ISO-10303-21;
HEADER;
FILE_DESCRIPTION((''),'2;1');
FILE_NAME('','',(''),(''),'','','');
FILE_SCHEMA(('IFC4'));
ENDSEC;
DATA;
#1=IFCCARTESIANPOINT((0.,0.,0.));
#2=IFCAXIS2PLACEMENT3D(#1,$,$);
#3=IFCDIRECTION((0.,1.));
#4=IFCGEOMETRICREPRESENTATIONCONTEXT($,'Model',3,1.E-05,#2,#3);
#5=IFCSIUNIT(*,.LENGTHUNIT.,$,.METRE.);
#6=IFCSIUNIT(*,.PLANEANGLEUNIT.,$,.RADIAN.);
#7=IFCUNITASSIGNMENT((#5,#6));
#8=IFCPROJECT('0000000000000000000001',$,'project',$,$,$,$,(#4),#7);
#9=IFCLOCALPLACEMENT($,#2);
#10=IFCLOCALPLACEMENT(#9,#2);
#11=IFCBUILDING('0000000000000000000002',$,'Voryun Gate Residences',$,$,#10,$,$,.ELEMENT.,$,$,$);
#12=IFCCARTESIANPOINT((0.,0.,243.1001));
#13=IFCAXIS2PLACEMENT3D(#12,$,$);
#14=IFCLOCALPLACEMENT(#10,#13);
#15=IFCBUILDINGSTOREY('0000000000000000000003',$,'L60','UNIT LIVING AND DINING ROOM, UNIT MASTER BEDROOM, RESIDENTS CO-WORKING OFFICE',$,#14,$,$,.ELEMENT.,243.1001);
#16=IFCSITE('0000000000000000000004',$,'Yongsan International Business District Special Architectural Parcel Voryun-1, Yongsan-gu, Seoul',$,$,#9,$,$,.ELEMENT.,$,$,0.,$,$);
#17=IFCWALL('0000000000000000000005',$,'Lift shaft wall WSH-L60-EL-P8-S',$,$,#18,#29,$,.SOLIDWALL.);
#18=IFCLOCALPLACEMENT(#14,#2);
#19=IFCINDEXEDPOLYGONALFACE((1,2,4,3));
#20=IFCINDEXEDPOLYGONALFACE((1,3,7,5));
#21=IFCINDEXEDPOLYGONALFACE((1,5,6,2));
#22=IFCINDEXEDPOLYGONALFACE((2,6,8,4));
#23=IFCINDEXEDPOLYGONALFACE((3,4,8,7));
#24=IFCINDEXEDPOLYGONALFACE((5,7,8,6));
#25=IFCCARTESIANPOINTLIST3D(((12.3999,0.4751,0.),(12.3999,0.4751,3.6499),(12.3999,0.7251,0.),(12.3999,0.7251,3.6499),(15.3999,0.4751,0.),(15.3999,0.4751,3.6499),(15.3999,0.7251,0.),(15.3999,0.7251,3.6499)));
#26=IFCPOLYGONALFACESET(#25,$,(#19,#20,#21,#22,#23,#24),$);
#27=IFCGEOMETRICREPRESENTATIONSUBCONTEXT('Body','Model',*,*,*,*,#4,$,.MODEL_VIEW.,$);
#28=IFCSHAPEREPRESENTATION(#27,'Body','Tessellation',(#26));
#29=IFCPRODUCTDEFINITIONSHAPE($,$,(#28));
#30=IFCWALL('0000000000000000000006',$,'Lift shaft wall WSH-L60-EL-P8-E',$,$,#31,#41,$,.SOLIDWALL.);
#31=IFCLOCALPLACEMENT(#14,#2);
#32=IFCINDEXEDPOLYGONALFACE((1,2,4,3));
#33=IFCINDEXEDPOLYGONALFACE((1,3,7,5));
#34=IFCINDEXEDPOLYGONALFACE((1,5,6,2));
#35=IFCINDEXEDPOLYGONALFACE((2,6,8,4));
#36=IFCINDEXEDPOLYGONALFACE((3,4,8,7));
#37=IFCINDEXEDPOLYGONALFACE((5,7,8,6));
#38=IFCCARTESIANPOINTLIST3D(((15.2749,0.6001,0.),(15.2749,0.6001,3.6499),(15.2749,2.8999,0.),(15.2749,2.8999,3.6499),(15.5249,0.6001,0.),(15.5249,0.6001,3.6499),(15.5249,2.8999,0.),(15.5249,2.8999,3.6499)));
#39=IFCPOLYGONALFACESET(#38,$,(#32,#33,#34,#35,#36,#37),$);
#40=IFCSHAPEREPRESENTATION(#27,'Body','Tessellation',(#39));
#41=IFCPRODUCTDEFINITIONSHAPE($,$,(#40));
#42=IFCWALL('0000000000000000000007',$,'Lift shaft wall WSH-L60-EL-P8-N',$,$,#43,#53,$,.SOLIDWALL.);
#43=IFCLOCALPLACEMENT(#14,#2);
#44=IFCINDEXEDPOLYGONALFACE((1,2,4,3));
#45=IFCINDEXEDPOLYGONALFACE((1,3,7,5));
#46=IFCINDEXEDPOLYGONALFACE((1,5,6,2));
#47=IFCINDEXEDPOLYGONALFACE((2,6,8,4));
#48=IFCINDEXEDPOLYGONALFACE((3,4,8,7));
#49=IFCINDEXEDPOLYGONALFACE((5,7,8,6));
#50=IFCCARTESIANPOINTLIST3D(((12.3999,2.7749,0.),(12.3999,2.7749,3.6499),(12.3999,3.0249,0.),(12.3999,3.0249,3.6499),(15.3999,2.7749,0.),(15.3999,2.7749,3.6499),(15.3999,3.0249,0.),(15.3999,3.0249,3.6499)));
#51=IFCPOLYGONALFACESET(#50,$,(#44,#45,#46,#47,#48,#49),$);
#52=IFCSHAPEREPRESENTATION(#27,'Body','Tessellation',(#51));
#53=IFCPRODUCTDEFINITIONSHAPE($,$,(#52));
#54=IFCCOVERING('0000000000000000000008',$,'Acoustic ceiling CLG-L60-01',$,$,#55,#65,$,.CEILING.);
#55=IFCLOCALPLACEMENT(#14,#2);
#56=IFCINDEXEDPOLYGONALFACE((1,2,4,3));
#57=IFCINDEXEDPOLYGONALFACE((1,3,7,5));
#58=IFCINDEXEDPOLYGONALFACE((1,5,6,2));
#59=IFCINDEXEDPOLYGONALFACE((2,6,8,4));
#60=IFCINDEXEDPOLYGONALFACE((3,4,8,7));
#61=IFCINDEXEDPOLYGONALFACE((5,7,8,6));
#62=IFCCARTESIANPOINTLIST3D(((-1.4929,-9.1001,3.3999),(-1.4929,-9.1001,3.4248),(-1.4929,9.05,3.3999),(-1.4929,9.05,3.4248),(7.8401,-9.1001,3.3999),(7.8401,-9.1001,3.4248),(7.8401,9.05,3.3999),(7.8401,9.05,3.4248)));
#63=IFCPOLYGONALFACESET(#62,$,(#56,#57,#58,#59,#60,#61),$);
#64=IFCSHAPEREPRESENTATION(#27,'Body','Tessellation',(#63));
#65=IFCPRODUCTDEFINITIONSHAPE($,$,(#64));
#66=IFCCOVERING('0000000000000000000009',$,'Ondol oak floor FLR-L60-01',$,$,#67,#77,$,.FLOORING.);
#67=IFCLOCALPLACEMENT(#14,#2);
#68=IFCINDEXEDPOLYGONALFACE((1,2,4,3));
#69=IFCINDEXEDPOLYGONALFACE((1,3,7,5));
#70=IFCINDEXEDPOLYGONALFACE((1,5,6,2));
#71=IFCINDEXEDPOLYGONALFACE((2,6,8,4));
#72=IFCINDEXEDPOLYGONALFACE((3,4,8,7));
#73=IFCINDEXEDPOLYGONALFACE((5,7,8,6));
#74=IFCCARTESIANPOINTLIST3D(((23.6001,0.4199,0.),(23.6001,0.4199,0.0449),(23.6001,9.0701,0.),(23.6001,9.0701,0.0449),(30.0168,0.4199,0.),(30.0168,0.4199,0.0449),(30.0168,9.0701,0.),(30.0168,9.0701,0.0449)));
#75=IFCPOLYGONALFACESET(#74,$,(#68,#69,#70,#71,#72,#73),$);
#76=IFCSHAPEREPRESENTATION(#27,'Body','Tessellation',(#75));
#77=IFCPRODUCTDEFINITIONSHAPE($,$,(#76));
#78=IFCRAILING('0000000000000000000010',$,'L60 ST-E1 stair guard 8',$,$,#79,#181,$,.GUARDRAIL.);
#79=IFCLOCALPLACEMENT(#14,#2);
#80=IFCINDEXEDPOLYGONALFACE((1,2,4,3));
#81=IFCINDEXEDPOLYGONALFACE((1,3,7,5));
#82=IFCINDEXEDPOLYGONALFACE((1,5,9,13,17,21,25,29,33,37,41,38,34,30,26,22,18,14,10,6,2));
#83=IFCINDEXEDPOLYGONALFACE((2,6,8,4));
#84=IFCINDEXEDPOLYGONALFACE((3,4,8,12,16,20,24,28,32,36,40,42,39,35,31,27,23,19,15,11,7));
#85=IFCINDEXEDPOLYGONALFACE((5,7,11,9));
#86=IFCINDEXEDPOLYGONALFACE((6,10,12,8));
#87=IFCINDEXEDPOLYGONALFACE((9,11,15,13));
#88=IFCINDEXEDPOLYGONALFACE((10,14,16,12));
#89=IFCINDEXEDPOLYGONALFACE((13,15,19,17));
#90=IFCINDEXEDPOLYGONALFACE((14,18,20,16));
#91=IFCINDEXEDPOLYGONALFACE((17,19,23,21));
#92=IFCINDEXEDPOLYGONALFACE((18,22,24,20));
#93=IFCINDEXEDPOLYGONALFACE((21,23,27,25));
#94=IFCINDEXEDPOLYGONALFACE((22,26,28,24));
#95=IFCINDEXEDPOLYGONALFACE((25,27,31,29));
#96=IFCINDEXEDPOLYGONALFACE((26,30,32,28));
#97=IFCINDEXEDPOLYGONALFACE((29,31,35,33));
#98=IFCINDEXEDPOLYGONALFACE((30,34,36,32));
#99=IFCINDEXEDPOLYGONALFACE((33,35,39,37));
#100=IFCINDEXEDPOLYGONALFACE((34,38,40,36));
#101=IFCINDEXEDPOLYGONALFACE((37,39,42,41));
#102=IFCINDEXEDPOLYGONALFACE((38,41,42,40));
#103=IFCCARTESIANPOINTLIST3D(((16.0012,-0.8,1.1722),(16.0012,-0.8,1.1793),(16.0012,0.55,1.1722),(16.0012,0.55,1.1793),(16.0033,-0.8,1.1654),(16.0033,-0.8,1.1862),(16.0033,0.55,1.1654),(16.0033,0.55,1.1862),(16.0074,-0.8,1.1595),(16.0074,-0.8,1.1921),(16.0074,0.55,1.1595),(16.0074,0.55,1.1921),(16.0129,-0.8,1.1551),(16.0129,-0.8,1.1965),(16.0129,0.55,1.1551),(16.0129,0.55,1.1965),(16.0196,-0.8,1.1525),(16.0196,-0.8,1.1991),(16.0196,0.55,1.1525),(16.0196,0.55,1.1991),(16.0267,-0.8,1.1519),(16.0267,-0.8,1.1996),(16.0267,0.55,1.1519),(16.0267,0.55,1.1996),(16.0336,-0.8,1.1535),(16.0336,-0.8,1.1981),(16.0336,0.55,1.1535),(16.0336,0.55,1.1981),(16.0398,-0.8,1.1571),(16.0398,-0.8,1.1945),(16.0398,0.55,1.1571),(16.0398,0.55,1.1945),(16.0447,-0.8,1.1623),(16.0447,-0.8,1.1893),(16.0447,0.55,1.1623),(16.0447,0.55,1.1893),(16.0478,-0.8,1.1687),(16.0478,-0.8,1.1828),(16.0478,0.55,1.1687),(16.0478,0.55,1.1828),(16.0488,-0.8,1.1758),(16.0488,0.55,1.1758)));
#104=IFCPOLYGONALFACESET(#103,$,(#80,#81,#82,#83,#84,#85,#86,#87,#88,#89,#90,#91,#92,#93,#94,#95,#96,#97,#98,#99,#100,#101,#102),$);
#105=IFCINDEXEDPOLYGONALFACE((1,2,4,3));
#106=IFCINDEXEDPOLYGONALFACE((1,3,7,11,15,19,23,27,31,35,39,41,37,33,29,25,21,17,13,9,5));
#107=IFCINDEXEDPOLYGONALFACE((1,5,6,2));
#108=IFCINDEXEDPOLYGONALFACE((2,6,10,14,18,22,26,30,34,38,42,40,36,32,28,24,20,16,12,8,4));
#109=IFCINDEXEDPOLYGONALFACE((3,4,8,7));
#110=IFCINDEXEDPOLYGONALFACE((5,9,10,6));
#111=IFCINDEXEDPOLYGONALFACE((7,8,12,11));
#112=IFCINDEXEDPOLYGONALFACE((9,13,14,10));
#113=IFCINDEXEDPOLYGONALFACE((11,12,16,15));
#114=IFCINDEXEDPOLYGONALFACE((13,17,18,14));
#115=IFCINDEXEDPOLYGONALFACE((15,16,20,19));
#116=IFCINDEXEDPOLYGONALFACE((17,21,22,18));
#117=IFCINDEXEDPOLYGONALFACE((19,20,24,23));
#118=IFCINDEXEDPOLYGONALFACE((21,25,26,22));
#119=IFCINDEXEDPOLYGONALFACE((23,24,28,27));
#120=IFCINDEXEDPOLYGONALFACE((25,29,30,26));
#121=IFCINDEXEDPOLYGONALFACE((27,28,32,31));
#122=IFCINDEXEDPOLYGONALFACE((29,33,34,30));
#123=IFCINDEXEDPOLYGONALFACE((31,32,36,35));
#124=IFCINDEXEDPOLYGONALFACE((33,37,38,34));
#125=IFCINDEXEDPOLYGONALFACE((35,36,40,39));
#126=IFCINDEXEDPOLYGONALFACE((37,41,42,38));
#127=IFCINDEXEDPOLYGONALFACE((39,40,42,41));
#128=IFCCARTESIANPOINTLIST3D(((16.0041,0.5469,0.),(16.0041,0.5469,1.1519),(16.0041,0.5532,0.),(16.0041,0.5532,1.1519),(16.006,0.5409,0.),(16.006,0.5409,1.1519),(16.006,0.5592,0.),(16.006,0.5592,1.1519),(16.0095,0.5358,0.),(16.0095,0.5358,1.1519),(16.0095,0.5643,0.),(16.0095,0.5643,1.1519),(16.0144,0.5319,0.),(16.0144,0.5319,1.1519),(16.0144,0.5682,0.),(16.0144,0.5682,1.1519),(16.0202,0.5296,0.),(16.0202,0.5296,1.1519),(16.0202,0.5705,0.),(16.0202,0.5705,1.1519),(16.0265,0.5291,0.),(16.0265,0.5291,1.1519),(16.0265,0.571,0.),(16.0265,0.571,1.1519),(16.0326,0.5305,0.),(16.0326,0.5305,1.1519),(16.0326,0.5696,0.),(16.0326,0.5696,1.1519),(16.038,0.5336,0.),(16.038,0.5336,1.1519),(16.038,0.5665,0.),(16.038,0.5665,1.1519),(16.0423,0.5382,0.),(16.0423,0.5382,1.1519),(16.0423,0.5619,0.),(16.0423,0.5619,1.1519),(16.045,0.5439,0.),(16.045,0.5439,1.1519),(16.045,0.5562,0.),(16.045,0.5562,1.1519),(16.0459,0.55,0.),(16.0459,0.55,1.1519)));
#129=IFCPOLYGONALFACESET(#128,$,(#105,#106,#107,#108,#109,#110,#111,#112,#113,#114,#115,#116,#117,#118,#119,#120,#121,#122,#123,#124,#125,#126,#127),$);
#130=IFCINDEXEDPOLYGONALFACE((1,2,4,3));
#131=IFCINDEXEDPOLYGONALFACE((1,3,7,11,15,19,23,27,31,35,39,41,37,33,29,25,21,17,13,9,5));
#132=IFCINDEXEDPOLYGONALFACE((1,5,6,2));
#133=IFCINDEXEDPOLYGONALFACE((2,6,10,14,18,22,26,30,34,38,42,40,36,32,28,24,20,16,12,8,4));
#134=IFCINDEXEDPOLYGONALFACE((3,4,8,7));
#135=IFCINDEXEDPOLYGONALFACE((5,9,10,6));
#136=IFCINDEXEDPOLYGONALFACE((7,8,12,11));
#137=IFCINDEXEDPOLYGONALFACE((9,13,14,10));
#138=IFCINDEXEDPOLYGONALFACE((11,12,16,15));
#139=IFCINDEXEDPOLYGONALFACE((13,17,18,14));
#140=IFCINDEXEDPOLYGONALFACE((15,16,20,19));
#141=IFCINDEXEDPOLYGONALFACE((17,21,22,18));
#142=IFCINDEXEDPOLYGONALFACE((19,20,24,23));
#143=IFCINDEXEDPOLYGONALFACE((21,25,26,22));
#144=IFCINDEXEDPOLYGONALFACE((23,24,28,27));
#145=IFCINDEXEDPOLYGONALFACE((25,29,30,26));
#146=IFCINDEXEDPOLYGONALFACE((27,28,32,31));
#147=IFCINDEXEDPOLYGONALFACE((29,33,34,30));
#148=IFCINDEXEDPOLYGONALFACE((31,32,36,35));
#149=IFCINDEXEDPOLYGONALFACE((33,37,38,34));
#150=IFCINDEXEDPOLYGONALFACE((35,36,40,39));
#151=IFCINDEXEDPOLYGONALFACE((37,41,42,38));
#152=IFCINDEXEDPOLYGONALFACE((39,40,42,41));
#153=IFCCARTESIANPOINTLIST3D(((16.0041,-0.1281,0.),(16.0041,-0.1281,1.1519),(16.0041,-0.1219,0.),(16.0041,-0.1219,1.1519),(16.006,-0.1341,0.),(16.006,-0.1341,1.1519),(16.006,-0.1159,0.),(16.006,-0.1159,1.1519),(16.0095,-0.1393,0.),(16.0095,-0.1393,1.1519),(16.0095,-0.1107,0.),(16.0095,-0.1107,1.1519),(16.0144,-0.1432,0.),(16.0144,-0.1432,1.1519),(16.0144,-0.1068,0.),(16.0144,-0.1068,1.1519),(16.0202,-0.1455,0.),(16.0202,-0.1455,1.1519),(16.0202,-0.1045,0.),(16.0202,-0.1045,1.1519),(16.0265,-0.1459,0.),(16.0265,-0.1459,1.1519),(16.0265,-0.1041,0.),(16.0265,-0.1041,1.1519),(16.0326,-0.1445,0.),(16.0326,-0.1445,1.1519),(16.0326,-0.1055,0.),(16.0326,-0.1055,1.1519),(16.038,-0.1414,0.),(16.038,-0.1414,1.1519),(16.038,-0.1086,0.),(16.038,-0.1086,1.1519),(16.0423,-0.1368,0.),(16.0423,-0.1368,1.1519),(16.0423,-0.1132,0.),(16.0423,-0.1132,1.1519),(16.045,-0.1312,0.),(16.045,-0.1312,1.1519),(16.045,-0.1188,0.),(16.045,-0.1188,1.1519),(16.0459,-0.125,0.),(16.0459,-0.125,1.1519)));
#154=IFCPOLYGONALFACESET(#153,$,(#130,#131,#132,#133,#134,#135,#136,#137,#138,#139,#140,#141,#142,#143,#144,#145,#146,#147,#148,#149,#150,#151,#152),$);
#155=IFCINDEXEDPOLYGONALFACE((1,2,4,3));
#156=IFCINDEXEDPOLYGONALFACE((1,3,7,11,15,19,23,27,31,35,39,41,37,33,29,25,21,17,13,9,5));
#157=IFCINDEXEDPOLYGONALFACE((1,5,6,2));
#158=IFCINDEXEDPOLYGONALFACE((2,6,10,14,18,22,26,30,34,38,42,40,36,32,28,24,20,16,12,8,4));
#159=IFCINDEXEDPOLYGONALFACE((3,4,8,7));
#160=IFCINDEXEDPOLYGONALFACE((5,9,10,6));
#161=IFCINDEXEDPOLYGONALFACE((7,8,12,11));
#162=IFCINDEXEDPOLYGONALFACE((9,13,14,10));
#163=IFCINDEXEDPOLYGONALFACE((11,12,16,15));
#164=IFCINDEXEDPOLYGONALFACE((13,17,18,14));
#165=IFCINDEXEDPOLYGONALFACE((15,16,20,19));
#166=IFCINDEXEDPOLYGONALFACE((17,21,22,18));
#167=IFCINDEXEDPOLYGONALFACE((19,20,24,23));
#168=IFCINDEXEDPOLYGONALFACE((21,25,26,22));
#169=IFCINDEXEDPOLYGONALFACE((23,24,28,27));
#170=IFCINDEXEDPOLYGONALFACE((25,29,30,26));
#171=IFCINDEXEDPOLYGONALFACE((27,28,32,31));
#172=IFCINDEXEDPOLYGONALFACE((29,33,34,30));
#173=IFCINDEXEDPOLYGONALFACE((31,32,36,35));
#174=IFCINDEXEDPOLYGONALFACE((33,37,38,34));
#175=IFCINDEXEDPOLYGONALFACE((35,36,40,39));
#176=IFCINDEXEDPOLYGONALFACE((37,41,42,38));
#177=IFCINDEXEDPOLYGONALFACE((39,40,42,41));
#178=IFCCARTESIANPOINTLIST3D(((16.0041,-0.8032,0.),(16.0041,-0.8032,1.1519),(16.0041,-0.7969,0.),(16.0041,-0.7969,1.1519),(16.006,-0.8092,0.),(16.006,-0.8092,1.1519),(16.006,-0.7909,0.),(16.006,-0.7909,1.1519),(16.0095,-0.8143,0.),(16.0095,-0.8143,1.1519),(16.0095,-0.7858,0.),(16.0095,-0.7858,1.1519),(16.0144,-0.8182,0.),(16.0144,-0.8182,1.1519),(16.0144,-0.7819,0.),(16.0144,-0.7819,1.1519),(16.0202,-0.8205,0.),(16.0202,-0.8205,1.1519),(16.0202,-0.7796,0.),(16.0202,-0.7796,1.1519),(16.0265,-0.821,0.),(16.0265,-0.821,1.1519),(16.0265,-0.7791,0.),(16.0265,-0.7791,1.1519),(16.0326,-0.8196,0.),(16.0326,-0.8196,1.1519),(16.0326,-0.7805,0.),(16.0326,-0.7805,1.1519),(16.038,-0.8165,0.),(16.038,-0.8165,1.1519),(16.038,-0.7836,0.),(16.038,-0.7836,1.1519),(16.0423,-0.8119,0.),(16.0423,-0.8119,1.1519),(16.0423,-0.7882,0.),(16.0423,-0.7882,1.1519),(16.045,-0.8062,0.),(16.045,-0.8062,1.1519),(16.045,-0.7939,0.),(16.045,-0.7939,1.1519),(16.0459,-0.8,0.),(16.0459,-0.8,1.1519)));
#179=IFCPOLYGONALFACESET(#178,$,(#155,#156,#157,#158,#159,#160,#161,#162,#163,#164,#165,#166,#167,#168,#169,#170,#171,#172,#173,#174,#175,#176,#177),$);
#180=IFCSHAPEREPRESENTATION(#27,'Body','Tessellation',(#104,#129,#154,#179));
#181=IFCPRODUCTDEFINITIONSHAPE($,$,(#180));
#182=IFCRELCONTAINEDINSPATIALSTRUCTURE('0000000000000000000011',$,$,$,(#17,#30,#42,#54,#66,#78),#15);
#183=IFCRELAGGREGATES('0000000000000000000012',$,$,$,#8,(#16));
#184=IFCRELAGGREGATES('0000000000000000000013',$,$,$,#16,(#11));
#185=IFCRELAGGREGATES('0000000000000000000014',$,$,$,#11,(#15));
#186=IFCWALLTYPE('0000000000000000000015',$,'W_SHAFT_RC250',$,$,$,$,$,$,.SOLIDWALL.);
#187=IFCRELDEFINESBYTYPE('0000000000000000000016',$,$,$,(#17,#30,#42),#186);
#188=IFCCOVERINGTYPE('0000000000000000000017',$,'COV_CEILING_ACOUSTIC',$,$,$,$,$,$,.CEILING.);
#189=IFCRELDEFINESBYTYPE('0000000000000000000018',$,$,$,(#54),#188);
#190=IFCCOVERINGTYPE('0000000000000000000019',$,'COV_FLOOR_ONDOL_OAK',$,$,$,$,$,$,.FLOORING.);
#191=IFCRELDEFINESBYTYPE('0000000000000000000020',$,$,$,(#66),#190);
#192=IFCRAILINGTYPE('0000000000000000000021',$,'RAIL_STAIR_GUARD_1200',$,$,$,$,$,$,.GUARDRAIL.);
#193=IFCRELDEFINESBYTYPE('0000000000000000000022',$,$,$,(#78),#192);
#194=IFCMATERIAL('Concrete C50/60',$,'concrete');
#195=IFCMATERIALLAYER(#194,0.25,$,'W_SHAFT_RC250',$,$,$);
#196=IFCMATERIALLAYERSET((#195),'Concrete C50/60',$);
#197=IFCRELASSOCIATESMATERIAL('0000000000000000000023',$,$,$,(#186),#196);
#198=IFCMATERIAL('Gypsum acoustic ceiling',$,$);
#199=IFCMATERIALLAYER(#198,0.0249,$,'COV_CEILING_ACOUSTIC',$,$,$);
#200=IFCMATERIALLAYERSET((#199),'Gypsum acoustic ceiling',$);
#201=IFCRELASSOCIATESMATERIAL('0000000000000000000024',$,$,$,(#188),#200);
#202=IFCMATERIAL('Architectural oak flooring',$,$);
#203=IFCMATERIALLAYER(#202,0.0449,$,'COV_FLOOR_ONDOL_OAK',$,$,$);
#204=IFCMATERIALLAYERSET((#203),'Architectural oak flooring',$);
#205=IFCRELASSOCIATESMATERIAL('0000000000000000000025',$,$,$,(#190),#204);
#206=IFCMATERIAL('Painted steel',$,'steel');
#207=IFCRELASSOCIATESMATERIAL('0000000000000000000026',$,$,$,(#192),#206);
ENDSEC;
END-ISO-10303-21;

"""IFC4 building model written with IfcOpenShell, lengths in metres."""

from ifc_helpers import new_model, si_unit, direction, frame, frame_2d, origin, origin_2d, place, context, subcontext, project, spatial, polyline, rectangle, circle, outline, extrude, material, layer, layer_set, type_object, element, save


model = new_model("IFC4")

# Units and contexts
model_context = context("Model", 3, precision=1e-05, world=origin(), true_north=direction((0.0, 1.0)))
body_context = subcontext(model_context, "Body", "Model", "MODEL_VIEW")
ifc_project = project(units=[si_unit("LENGTHUNIT", "METRE"), si_unit("PLANEANGLEUNIT", "RADIAN")], contexts=[model_context])

# Site, building, storey
site_placement = place(None, origin())
site = spatial("IfcSite", under=ifc_project, at=site_placement, Name="Yongsan International Business District Special Architectural Parcel Voryun-1, Yongsan-gu, Seoul", CompositionType="ELEMENT", RefElevation=0.0)
building_placement = place(site_placement, origin())
building = spatial("IfcBuilding", under=site, at=building_placement, Name="Voryun Gate Residences", CompositionType="ELEMENT")
storey_placement = place(building_placement, frame((0.0, 0.0, 243.1001)))
storey = spatial("IfcBuildingStorey", under=building, at=storey_placement, Name="L60", Description="UNIT LIVING AND DINING ROOM, UNIT MASTER BEDROOM, RESIDENTS CO-WORKING OFFICE", CompositionType="ELEMENT", Elevation=243.1001)

# Walls
ifc_material_1 = material(Name="Concrete C50/60", Category="concrete")
ifc_layer_1 = layer(ifc_material_1, 0.25, Name="W_SHAFT_RC250")
ifc_layer_set_1 = layer_set([ifc_layer_1], Name="Concrete C50/60")
wall_type_1 = type_object("IfcWallType", Name="W_SHAFT_RC250", PredefinedType="SOLIDWALL", material=ifc_layer_set_1)
wall_1_placement = place(storey_placement, frame((12.3999, 0.6001, 0.0), z_axis=(0.0, 0.0, 1.0), x_axis=(1.0, 0.0, 0.0)))
element("IfcWall", 1, at=wall_1_placement, inside=storey, type_object=wall_type_1, Name="Lift shaft wall WSH-L60-EL-P8-S", PredefinedType="SOLIDWALL", context=body_context, shape_type="SweptSolid", body=[
    extrude(rectangle(XDim=3.0, YDim=0.25, at=frame_2d((1.5, 0.0))), origin(), (0.0, 0.0, 1.0), 3.6499),
])
wall_2_placement = place(storey_placement, frame((15.3999, 0.6001, 0.0), z_axis=(0.0, 0.0, 1.0), x_axis=(0.0, 1.0, 0.0)))
element("IfcWall", 2, at=wall_2_placement, inside=storey, type_object=wall_type_1, Name="Lift shaft wall WSH-L60-EL-P8-E", PredefinedType="SOLIDWALL", context=body_context, shape_type="SweptSolid", body=[
    extrude(rectangle(XDim=2.2998, YDim=0.25, at=frame_2d((1.1499, 0.0))), origin(), (0.0, 0.0, 1.0), 3.6499),
])
wall_3_placement = place(storey_placement, frame((15.3999, 2.8999, 0.0), z_axis=(0.0, 0.0, 1.0), x_axis=(-1.0, 0.0, 0.0)))
element("IfcWall", 3, at=wall_3_placement, inside=storey, type_object=wall_type_1, Name="Lift shaft wall WSH-L60-EL-P8-N", PredefinedType="SOLIDWALL", context=body_context, shape_type="SweptSolid", body=[
    extrude(rectangle(XDim=3.0, YDim=0.25, at=frame_2d((1.5, 0.0))), origin(), (0.0, 0.0, 1.0), 3.6499),
])

# Coverings
ifc_material_2 = material(Name="Gypsum acoustic ceiling")
ifc_layer_2 = layer(ifc_material_2, 0.0249, Name="COV_CEILING_ACOUSTIC")
ifc_layer_set_2 = layer_set([ifc_layer_2], Name="Gypsum acoustic ceiling")
covering_type_1 = type_object("IfcCoveringType", Name="COV_CEILING_ACOUSTIC", PredefinedType="CEILING", material=ifc_layer_set_2)
covering_1_placement = place(storey_placement, frame((0.0, 0.0, 3.3999)))
element("IfcCovering", 4, at=covering_1_placement, inside=storey, type_object=covering_type_1, Name="Acoustic ceiling CLG-L60-01", PredefinedType="CEILING", context=body_context, shape_type="SweptSolid", body=[
    extrude(outline(polyline([(-1.4929, -9.1001), (-1.4929, 9.05), (7.8401, 9.05), (7.8401, -9.1001), (-1.4929, -9.1001)])), origin(), (0.0, 0.0, 1.0), 0.0249),
])
ifc_material_3 = material(Name="Architectural oak flooring")
ifc_layer_3 = layer(ifc_material_3, 0.0449, Name="COV_FLOOR_ONDOL_OAK")
ifc_layer_set_3 = layer_set([ifc_layer_3], Name="Architectural oak flooring")
covering_type_2 = type_object("IfcCoveringType", Name="COV_FLOOR_ONDOL_OAK", PredefinedType="FLOORING", material=ifc_layer_set_3)
covering_2_placement = place(storey_placement, origin())
element("IfcCovering", 5, at=covering_2_placement, inside=storey, type_object=covering_type_2, Name="Ondol oak floor FLR-L60-01", PredefinedType="FLOORING", context=body_context, shape_type="SweptSolid", body=[
    extrude(outline(polyline([(23.6001, 0.4199), (23.6001, 9.0701), (30.0168, 9.0701), (30.0168, 0.4199), (23.6001, 0.4199)])), origin(), (0.0, 0.0, 1.0), 0.0449),
])

# Railing
ifc_material_4 = material(Name="Painted steel", Category="steel")
railing_type = type_object("IfcRailingType", Name="RAIL_STAIR_GUARD_1200", PredefinedType="GUARDRAIL", material=ifc_material_4)
railing_placement = place(storey_placement, frame((16.0249, 0.55, 0.0)))
element("IfcRailing", 6, at=railing_placement, inside=storey, type_object=railing_type, Name="L60 ST-E1 stair guard 8", PredefinedType="GUARDRAIL", context=body_context, shape_type="SweptSolid", body=[
    extrude(circle(Radius=0.0239, at=origin_2d()), frame((0.0, 0.0, 1.1758), z_axis=(0.0, -1.0, 0.0), x_axis=(1.0, 0.0, 0.0)), (0.0, 0.0, 1.0), 1.3501),
    extrude(circle(Radius=0.021, at=origin_2d()), origin(), (0.0, 0.0, 1.0), 1.1519),
    extrude(circle(Radius=0.021, at=origin_2d()), frame((0.0, -0.675, 0.0)), (0.0, 0.0, 1.0), 1.1519),
    extrude(circle(Radius=0.021, at=origin_2d()), frame((0.0, -1.3501, 0.0)), (0.0, 0.0, 1.0), 1.1519),
])

save(model, "model.ifc")
